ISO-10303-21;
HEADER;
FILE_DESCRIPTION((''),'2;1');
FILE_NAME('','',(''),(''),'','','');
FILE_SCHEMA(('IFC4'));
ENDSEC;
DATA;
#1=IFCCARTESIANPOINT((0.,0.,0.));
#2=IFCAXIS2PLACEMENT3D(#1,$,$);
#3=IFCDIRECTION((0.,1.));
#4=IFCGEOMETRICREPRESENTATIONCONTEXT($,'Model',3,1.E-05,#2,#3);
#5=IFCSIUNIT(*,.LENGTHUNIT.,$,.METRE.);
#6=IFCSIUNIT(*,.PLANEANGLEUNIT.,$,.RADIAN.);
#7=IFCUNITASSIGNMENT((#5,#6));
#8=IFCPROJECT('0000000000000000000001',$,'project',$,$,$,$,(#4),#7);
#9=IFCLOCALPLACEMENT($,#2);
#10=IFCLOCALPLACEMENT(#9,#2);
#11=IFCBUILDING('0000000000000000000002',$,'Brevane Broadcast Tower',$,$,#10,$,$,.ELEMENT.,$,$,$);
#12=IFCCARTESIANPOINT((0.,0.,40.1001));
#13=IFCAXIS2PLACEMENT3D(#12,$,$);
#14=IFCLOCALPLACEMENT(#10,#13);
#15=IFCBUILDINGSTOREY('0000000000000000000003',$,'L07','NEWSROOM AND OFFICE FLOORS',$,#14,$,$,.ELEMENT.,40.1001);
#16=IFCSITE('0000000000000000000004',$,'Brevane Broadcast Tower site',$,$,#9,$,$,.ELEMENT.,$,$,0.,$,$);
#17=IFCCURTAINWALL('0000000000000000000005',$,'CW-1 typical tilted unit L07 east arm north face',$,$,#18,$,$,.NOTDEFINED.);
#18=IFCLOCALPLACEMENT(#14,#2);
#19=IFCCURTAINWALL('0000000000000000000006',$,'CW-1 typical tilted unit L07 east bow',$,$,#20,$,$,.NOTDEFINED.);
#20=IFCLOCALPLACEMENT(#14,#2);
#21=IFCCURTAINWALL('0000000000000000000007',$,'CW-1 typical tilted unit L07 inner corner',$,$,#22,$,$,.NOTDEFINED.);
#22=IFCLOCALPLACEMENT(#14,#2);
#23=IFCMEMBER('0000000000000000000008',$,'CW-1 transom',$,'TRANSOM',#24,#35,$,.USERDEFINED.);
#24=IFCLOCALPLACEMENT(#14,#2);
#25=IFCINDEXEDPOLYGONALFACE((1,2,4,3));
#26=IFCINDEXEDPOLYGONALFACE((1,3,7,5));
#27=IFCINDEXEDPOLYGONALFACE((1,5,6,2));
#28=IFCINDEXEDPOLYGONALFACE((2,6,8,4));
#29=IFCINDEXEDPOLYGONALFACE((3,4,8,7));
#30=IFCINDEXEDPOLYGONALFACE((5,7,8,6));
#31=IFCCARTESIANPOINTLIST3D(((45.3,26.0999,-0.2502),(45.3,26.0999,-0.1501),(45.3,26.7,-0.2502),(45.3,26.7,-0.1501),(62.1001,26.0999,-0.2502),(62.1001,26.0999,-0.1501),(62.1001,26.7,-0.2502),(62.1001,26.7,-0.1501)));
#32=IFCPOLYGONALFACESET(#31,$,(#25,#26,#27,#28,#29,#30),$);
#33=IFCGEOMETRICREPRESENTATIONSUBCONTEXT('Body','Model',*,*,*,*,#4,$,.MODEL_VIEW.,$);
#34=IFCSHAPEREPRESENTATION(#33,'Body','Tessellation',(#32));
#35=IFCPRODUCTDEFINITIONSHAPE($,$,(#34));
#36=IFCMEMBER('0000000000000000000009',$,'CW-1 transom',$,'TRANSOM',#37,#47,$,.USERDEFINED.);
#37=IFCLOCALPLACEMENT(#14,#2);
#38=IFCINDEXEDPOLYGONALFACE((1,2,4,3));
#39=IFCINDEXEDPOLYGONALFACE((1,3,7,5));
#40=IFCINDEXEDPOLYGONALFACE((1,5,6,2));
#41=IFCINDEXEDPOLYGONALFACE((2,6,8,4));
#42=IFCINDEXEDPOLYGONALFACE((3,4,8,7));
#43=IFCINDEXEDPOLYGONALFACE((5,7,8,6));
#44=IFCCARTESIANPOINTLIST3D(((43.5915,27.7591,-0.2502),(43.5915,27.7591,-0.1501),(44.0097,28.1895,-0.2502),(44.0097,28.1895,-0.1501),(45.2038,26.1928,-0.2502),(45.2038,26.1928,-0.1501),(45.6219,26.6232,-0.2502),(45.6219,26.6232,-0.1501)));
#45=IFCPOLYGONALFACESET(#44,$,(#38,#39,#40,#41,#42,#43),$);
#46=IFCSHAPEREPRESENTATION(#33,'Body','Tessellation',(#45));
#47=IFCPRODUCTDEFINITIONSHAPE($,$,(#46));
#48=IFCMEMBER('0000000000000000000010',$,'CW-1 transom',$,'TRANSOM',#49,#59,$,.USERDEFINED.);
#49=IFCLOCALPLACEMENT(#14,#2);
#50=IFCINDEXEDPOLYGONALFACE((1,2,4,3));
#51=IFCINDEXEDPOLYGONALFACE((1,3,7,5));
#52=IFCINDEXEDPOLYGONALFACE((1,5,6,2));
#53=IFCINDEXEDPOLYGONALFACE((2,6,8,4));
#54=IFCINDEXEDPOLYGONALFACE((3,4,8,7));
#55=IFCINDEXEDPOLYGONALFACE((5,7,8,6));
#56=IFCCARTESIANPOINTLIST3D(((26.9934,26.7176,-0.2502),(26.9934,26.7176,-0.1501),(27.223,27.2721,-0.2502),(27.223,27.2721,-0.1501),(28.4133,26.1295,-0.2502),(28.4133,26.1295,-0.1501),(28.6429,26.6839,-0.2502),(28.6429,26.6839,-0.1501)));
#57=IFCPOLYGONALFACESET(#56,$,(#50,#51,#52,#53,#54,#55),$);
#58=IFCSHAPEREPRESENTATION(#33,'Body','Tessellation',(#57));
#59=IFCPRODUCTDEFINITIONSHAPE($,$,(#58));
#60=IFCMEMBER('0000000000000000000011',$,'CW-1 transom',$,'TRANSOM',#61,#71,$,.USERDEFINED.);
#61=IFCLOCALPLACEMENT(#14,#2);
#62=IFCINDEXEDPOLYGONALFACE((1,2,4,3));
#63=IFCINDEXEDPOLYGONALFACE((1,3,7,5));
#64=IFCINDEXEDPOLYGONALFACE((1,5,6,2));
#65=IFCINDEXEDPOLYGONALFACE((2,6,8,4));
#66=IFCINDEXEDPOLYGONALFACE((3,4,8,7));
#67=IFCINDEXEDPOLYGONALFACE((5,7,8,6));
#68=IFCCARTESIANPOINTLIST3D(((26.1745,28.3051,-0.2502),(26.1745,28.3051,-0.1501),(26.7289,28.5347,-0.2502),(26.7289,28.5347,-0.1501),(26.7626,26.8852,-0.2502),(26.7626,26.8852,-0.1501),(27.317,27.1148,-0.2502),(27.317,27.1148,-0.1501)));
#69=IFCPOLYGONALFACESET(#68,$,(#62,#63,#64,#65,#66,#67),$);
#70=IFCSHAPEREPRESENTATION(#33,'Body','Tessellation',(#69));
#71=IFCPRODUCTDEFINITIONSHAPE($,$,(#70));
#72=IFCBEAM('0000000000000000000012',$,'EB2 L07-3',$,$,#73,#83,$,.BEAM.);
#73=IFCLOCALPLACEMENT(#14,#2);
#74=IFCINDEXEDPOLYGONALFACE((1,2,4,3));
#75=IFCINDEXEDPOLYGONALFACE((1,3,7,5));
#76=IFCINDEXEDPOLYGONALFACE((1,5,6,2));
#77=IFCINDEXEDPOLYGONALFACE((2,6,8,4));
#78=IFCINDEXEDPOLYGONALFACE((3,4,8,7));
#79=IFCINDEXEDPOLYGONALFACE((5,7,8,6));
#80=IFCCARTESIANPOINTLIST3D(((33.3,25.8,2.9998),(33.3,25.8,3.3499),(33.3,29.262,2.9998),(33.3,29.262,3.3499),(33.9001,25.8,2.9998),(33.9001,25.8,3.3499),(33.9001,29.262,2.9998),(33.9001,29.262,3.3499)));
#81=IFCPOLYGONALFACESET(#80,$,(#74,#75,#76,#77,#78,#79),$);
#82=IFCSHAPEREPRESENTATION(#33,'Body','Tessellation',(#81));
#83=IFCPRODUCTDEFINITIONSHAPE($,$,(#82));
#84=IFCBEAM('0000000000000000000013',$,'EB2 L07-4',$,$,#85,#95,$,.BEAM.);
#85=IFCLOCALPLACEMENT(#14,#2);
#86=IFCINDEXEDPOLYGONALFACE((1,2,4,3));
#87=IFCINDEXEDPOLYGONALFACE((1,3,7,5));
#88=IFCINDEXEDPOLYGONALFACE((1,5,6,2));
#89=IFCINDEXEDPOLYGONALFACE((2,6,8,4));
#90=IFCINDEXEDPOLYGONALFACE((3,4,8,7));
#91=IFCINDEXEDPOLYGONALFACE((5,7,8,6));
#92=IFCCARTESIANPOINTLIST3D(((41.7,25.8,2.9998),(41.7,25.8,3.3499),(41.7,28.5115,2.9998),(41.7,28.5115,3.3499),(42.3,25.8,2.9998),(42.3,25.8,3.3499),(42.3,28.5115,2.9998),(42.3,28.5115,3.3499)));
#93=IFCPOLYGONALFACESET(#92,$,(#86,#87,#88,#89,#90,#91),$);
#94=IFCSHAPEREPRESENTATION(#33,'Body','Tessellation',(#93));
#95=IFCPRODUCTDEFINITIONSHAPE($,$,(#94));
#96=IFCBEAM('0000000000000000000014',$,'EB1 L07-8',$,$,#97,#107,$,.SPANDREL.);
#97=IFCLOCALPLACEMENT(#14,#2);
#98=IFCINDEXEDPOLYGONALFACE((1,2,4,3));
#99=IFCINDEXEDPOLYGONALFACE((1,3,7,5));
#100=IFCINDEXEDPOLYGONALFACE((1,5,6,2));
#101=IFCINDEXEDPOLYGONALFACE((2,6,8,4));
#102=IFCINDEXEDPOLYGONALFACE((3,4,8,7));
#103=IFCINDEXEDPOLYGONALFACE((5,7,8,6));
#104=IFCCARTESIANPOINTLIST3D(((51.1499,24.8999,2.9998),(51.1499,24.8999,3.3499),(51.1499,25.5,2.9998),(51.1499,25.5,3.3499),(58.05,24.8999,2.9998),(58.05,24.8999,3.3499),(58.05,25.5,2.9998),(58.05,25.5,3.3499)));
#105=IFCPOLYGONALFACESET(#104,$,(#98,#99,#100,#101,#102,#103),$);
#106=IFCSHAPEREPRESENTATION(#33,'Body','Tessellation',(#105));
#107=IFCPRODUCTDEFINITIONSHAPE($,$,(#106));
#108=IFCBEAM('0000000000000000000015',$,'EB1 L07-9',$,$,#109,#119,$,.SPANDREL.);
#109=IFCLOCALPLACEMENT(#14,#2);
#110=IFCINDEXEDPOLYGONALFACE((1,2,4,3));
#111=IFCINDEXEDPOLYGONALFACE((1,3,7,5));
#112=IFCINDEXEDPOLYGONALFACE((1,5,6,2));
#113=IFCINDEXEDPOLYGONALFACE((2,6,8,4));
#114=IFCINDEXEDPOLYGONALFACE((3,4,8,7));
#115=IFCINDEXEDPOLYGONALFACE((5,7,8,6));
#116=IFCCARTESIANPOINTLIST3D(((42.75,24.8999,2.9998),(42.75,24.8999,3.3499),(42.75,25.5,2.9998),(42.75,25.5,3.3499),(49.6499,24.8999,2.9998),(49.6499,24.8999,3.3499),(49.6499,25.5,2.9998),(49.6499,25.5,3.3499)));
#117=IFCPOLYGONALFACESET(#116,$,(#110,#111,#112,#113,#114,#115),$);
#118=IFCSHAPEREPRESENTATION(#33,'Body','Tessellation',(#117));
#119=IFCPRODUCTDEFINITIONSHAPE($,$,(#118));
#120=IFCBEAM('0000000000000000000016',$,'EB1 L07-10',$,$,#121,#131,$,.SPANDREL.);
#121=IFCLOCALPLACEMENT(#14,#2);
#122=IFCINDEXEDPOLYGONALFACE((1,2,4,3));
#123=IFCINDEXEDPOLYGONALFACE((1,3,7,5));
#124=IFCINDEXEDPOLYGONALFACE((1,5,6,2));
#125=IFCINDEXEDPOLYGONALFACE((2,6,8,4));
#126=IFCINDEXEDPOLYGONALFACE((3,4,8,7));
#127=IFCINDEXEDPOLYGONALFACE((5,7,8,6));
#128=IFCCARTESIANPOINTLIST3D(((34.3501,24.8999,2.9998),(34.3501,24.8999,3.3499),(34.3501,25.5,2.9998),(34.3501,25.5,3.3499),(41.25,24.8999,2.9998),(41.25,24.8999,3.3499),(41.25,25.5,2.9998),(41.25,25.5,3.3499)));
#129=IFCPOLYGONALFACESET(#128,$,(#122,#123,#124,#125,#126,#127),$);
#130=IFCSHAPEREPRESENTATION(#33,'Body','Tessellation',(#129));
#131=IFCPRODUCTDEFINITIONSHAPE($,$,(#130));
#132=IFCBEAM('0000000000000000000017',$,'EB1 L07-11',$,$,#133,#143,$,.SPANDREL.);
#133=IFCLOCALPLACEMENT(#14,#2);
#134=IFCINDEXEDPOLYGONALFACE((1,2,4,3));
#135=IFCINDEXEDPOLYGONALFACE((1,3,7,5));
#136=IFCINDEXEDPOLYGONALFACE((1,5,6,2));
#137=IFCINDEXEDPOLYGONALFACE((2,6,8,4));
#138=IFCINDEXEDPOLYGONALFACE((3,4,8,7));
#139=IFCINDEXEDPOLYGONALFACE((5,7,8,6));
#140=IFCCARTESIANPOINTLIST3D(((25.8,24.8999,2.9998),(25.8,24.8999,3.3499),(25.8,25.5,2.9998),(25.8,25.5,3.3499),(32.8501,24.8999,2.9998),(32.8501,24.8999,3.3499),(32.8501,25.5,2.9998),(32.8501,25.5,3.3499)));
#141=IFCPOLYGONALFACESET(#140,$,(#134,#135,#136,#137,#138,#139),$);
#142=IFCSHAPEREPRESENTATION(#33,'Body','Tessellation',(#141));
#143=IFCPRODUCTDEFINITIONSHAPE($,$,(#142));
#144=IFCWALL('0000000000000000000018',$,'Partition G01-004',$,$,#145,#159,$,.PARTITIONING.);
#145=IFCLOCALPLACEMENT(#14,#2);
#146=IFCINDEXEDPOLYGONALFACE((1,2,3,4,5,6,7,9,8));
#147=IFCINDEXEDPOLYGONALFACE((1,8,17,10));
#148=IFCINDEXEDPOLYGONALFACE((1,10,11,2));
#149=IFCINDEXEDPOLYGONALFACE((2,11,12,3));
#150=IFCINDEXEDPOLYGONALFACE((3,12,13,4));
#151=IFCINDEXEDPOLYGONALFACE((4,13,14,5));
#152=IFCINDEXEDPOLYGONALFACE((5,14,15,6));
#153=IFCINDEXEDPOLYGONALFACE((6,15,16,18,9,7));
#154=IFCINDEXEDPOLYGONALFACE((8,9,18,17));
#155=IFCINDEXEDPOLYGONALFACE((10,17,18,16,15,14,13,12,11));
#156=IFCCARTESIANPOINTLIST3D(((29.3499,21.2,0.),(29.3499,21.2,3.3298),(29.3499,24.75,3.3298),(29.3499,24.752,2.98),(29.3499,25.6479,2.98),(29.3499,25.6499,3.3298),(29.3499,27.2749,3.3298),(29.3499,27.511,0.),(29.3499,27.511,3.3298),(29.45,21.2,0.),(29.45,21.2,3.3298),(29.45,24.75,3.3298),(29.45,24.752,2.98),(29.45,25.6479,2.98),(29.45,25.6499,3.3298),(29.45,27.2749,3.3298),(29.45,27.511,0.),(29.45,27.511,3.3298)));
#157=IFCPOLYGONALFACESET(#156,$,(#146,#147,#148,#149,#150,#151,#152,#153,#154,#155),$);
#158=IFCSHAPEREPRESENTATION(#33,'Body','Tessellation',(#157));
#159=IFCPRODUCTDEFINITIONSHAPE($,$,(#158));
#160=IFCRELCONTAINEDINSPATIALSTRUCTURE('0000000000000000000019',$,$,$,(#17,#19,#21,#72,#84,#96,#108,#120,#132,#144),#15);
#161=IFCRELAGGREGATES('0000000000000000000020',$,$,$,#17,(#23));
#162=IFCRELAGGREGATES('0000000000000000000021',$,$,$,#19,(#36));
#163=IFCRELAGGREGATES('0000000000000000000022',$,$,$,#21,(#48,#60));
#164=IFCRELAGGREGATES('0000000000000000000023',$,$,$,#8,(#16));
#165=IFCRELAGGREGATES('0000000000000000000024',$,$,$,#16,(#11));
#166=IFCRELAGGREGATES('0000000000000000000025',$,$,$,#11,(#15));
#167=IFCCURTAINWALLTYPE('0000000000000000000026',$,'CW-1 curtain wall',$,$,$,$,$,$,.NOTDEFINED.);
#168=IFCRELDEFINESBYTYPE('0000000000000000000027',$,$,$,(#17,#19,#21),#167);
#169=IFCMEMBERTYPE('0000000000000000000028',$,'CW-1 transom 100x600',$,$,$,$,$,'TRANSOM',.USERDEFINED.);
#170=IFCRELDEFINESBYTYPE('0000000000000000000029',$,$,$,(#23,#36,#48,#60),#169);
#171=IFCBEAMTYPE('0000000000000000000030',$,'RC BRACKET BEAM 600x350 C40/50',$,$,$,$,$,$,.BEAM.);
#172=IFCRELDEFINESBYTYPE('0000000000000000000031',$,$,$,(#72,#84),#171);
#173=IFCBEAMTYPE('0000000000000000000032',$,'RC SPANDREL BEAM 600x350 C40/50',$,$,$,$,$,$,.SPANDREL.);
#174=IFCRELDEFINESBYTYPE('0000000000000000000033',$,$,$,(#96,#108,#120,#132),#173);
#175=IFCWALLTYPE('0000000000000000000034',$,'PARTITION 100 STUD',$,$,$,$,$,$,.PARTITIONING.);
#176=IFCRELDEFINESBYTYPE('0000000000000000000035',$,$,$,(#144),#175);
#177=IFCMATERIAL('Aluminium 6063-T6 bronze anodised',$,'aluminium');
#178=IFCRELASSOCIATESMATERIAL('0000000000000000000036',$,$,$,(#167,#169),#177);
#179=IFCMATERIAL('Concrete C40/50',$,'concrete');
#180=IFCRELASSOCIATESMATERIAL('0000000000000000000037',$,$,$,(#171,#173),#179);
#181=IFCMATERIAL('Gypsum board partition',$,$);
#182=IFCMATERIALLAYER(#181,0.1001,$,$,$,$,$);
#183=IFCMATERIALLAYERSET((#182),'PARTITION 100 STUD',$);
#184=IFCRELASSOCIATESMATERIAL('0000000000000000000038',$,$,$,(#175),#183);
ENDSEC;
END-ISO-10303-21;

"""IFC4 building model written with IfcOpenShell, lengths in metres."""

from ifc_helpers import new_model, si_unit, direction, frame, origin, origin_2d, place, context, subcontext, project, spatial, polyline, rectangle, outline, extrude, material, layer, layer_set, material_profile, profile_set, type_object, element, aggregate, save


model = new_model("IFC4")

# Units and contexts
model_context = context("Model", 3, precision=1e-05, world=origin(), true_north=direction((0.0, 1.0)))
body_context = subcontext(model_context, "Body", "Model", "MODEL_VIEW")
ifc_project = project(units=[si_unit("LENGTHUNIT", "METRE"), si_unit("PLANEANGLEUNIT", "RADIAN")], contexts=[model_context])

# Site, building, storey
site_placement = place(None, origin())
site = spatial("IfcSite", under=ifc_project, at=site_placement, Name="Brevane Broadcast Tower site", CompositionType="ELEMENT", RefElevation=0.0)
building_placement = place(site_placement, origin())
building = spatial("IfcBuilding", under=site, at=building_placement, Name="Brevane Broadcast Tower", CompositionType="ELEMENT")
storey_placement = place(building_placement, frame((0.0, 0.0, 40.1001)))
storey = spatial("IfcBuildingStorey", under=building, at=storey_placement, Name="L07", Description="NEWSROOM AND OFFICE FLOORS", CompositionType="ELEMENT", Elevation=40.1001)

# Curtain walls
ifc_material_1 = material(Name="Aluminium 6063-T6 bronze anodised", Category="aluminium")
curtain_wall_type = type_object("IfcCurtainWallType", Name="CW-1 curtain wall", PredefinedType="NOTDEFINED", material=ifc_material_1)
curtain_wall_1_placement = place(storey_placement, origin())
curtain_wall_1 = element("IfcCurtainWall", 1, at=curtain_wall_1_placement, inside=storey, type_object=curtain_wall_type, Name="CW-1 typical tilted unit L07 east arm north face", PredefinedType="NOTDEFINED")
curtain_wall_2_placement = place(storey_placement, origin())
curtain_wall_2 = element("IfcCurtainWall", 2, at=curtain_wall_2_placement, inside=storey, type_object=curtain_wall_type, Name="CW-1 typical tilted unit L07 east bow", PredefinedType="NOTDEFINED")
curtain_wall_3_placement = place(storey_placement, origin())
curtain_wall_3 = element("IfcCurtainWall", 3, at=curtain_wall_3_placement, inside=storey, type_object=curtain_wall_type, Name="CW-1 typical tilted unit L07 inner corner", PredefinedType="NOTDEFINED")

# Members
ifc_material_profile_1 = material_profile(ifc_material_1, rectangle(XDim=0.6001, YDim=0.1001, at=origin_2d()), Name="RECT 100x600")
ifc_profile_set_1 = profile_set([ifc_material_profile_1], Name="Aluminium 6063-T6 bronze anodised")
member_type_1 = type_object("IfcMemberType", Name="CW-1 transom 100x600", ElementType="TRANSOM", PredefinedType="USERDEFINED", material=ifc_profile_set_1)
member_1_placement = place(storey_placement, frame((62.1001, 26.3999, -0.2002), z_axis=(-1.0, 0.0, 0.0), x_axis=(0.0, -1.0, 0.0)))
member_1 = element("IfcMember", 4, at=member_1_placement, type_object=member_type_1, Name="CW-1 transom", ObjectType="TRANSOM", PredefinedType="USERDEFINED", context=body_context, shape_type="SweptSolid", body=[
    extrude(rectangle(XDim=0.6001, YDim=0.1001, at=origin_2d()), origin(), (0.0, 0.0, 1.0), 16.8),
])
aggregate(curtain_wall_1, [member_1])
member_2_placement = place(storey_placement, frame((45.4128, 26.408, -0.2002), z_axis=(-0.717242, 0.696824, 0.0), x_axis=(-0.696824, -0.717242, 0.0)))
member_2 = element("IfcMember", 5, at=member_2_placement, type_object=member_type_1, Name="CW-1 transom", ObjectType="TRANSOM", PredefinedType="USERDEFINED", context=body_context, shape_type="SweptSolid", body=[
    extrude(rectangle(XDim=0.6001, YDim=0.1001, at=origin_2d()), origin(), (0.0, 0.0, 1.0), 2.2478),
])
aggregate(curtain_wall_2, [member_2])
member_3_placement = place(storey_placement, frame((28.5281, 26.4067, -0.2002), z_axis=(-0.923883, 0.382674, 0.0), x_axis=(-0.382674, -0.923883, 0.0)))
member_3 = element("IfcMember", 6, at=member_3_placement, type_object=member_type_1, Name="CW-1 transom", ObjectType="TRANSOM", PredefinedType="USERDEFINED", context=body_context, shape_type="SweptSolid", body=[
    extrude(rectangle(XDim=0.6001, YDim=0.1001, at=origin_2d()), origin(), (0.0, 0.0, 1.0), 1.5369),
])
member_4_placement = place(storey_placement, frame((27.0398, 27.0, -0.2002), z_axis=(-0.382674, 0.923883, 0.0), x_axis=(-0.923883, -0.382674, 0.0)))
member_4 = element("IfcMember", 7, at=member_4_placement, type_object=member_type_1, Name="CW-1 transom", ObjectType="TRANSOM", PredefinedType="USERDEFINED", context=body_context, shape_type="SweptSolid", body=[
    extrude(rectangle(XDim=0.6001, YDim=0.1001, at=origin_2d()), origin(), (0.0, 0.0, 1.0), 1.5369),
])
aggregate(curtain_wall_3, [member_3, member_4])

# Beams
ifc_material_2 = material(Name="Concrete C40/50", Category="concrete")
ifc_material_profile_2 = material_profile(ifc_material_2, rectangle(XDim=0.6001, YDim=0.3501, at=origin_2d()), Name="RC 600x350")
ifc_profile_set_2 = profile_set([ifc_material_profile_2], Name="Concrete C40/50")
beam_type_1 = type_object("IfcBeamType", Name="RC BRACKET BEAM 600x350 C40/50", PredefinedType="BEAM", material=ifc_profile_set_2)
beam_1_placement = place(storey_placement, frame((33.6001, 25.8, 3.1748), z_axis=(0.0, 1.0, 0.0), x_axis=(-1.0, 0.0, 0.0)))
element("IfcBeam", 8, at=beam_1_placement, inside=storey, type_object=beam_type_1, Name="EB2 L07-3", PredefinedType="BEAM", context=body_context, shape_type="SweptSolid", body=[
    extrude(rectangle(XDim=0.6001, YDim=0.3501, at=origin_2d()), origin(), (0.0, 0.0, 1.0), 3.4619),
])
beam_2_placement = place(storey_placement, frame((42.0, 25.8, 3.1748), z_axis=(0.0, 1.0, 0.0), x_axis=(-1.0, 0.0, 0.0)))
element("IfcBeam", 9, at=beam_2_placement, inside=storey, type_object=beam_type_1, Name="EB2 L07-4", PredefinedType="BEAM", context=body_context, shape_type="SweptSolid", body=[
    extrude(rectangle(XDim=0.6001, YDim=0.3501, at=origin_2d()), origin(), (0.0, 0.0, 1.0), 2.7114),
])
ifc_material_profile_3 = material_profile(ifc_material_2, rectangle(XDim=0.6001, YDim=0.3501, at=origin_2d()), Name="RC 600x350")
ifc_profile_set_3 = profile_set([ifc_material_profile_3], Name="Concrete C40/50")
beam_type_2 = type_object("IfcBeamType", Name="RC SPANDREL BEAM 600x350 C40/50", PredefinedType="SPANDREL", material=ifc_profile_set_3)
beam_3_placement = place(storey_placement, frame((58.05, 25.2, 3.1748), z_axis=(-1.0, 0.0, 0.0), x_axis=(0.0, -1.0, 0.0)))
element("IfcBeam", 10, at=beam_3_placement, inside=storey, type_object=beam_type_2, Name="EB1 L07-8", PredefinedType="SPANDREL", context=body_context, shape_type="SweptSolid", body=[
    extrude(rectangle(XDim=0.6001, YDim=0.3501, at=origin_2d()), origin(), (0.0, 0.0, 1.0), 6.9001),
])
for number, where, z_axis, x_axis, name in (
    (11, (49.6499, 25.2, 3.1748), (-1.0, 0.0, 0.0), (0.0, -1.0, 0.0), "EB1 L07-9"),
    (12, (41.25, 25.2, 3.1748), (-1.0, 0.0, 0.0), (0.0, -1.0, 0.0), "EB1 L07-10"),
):
    element("IfcBeam", number, at=place(storey_placement, frame(where, z_axis=z_axis, x_axis=x_axis)), inside=storey, type_object=beam_type_2, Name=name, PredefinedType="SPANDREL", context=body_context, shape_type="SweptSolid", body=[
        extrude(rectangle(XDim=0.6001, YDim=0.3501, at=origin_2d()), origin(), (0.0, 0.0, 1.0), 6.8999),
    ])
beam_4_placement = place(storey_placement, frame((32.8501, 25.2, 3.1748), z_axis=(-1.0, 0.0, 0.0), x_axis=(0.0, -1.0, 0.0)))
element("IfcBeam", 13, at=beam_4_placement, inside=storey, type_object=beam_type_2, Name="EB1 L07-11", PredefinedType="SPANDREL", context=body_context, shape_type="SweptSolid", body=[
    extrude(rectangle(XDim=0.6001, YDim=0.3501, at=origin_2d()), origin(), (0.0, 0.0, 1.0), 7.05),
])

# Wall
ifc_material_3 = material(Name="Gypsum board partition")
ifc_layer_1 = layer(ifc_material_3, 0.1001)
ifc_layer_set_1 = layer_set([ifc_layer_1], Name="PARTITION 100 STUD")
wall_type_1 = type_object("IfcWallType", Name="PARTITION 100 STUD", PredefinedType="PARTITIONING", material=ifc_layer_set_1)
wall_1_placement = place(storey_placement, frame((29.3999, 27.511, 0.0), z_axis=(0.0, 0.0, 1.0), x_axis=(0.0, -1.0, 0.0)))
element("IfcWall", 14, at=wall_1_placement, inside=storey, type_object=wall_type_1, Name="Partition G01-004", PredefinedType="PARTITIONING", context=body_context, shape_type="SweptSolid", body=[
    extrude(outline(polyline([(0.0, 0.0), (6.311, 0.0), (6.311, 3.3298), (2.761, 3.3298), (2.759, 2.98), (1.863, 2.98), (1.8611, 3.3298), (0.2361, 3.3298), (0.0, 3.3298), (0.0, 0.0)])), frame((0.0, 0.05, 0.0), z_axis=(0.0, -1.0, 0.0), x_axis=(1.0, 0.0, 0.0)), (0.0, 0.0, 1.0), 0.1001),
])

save(model, "model.ifc")
